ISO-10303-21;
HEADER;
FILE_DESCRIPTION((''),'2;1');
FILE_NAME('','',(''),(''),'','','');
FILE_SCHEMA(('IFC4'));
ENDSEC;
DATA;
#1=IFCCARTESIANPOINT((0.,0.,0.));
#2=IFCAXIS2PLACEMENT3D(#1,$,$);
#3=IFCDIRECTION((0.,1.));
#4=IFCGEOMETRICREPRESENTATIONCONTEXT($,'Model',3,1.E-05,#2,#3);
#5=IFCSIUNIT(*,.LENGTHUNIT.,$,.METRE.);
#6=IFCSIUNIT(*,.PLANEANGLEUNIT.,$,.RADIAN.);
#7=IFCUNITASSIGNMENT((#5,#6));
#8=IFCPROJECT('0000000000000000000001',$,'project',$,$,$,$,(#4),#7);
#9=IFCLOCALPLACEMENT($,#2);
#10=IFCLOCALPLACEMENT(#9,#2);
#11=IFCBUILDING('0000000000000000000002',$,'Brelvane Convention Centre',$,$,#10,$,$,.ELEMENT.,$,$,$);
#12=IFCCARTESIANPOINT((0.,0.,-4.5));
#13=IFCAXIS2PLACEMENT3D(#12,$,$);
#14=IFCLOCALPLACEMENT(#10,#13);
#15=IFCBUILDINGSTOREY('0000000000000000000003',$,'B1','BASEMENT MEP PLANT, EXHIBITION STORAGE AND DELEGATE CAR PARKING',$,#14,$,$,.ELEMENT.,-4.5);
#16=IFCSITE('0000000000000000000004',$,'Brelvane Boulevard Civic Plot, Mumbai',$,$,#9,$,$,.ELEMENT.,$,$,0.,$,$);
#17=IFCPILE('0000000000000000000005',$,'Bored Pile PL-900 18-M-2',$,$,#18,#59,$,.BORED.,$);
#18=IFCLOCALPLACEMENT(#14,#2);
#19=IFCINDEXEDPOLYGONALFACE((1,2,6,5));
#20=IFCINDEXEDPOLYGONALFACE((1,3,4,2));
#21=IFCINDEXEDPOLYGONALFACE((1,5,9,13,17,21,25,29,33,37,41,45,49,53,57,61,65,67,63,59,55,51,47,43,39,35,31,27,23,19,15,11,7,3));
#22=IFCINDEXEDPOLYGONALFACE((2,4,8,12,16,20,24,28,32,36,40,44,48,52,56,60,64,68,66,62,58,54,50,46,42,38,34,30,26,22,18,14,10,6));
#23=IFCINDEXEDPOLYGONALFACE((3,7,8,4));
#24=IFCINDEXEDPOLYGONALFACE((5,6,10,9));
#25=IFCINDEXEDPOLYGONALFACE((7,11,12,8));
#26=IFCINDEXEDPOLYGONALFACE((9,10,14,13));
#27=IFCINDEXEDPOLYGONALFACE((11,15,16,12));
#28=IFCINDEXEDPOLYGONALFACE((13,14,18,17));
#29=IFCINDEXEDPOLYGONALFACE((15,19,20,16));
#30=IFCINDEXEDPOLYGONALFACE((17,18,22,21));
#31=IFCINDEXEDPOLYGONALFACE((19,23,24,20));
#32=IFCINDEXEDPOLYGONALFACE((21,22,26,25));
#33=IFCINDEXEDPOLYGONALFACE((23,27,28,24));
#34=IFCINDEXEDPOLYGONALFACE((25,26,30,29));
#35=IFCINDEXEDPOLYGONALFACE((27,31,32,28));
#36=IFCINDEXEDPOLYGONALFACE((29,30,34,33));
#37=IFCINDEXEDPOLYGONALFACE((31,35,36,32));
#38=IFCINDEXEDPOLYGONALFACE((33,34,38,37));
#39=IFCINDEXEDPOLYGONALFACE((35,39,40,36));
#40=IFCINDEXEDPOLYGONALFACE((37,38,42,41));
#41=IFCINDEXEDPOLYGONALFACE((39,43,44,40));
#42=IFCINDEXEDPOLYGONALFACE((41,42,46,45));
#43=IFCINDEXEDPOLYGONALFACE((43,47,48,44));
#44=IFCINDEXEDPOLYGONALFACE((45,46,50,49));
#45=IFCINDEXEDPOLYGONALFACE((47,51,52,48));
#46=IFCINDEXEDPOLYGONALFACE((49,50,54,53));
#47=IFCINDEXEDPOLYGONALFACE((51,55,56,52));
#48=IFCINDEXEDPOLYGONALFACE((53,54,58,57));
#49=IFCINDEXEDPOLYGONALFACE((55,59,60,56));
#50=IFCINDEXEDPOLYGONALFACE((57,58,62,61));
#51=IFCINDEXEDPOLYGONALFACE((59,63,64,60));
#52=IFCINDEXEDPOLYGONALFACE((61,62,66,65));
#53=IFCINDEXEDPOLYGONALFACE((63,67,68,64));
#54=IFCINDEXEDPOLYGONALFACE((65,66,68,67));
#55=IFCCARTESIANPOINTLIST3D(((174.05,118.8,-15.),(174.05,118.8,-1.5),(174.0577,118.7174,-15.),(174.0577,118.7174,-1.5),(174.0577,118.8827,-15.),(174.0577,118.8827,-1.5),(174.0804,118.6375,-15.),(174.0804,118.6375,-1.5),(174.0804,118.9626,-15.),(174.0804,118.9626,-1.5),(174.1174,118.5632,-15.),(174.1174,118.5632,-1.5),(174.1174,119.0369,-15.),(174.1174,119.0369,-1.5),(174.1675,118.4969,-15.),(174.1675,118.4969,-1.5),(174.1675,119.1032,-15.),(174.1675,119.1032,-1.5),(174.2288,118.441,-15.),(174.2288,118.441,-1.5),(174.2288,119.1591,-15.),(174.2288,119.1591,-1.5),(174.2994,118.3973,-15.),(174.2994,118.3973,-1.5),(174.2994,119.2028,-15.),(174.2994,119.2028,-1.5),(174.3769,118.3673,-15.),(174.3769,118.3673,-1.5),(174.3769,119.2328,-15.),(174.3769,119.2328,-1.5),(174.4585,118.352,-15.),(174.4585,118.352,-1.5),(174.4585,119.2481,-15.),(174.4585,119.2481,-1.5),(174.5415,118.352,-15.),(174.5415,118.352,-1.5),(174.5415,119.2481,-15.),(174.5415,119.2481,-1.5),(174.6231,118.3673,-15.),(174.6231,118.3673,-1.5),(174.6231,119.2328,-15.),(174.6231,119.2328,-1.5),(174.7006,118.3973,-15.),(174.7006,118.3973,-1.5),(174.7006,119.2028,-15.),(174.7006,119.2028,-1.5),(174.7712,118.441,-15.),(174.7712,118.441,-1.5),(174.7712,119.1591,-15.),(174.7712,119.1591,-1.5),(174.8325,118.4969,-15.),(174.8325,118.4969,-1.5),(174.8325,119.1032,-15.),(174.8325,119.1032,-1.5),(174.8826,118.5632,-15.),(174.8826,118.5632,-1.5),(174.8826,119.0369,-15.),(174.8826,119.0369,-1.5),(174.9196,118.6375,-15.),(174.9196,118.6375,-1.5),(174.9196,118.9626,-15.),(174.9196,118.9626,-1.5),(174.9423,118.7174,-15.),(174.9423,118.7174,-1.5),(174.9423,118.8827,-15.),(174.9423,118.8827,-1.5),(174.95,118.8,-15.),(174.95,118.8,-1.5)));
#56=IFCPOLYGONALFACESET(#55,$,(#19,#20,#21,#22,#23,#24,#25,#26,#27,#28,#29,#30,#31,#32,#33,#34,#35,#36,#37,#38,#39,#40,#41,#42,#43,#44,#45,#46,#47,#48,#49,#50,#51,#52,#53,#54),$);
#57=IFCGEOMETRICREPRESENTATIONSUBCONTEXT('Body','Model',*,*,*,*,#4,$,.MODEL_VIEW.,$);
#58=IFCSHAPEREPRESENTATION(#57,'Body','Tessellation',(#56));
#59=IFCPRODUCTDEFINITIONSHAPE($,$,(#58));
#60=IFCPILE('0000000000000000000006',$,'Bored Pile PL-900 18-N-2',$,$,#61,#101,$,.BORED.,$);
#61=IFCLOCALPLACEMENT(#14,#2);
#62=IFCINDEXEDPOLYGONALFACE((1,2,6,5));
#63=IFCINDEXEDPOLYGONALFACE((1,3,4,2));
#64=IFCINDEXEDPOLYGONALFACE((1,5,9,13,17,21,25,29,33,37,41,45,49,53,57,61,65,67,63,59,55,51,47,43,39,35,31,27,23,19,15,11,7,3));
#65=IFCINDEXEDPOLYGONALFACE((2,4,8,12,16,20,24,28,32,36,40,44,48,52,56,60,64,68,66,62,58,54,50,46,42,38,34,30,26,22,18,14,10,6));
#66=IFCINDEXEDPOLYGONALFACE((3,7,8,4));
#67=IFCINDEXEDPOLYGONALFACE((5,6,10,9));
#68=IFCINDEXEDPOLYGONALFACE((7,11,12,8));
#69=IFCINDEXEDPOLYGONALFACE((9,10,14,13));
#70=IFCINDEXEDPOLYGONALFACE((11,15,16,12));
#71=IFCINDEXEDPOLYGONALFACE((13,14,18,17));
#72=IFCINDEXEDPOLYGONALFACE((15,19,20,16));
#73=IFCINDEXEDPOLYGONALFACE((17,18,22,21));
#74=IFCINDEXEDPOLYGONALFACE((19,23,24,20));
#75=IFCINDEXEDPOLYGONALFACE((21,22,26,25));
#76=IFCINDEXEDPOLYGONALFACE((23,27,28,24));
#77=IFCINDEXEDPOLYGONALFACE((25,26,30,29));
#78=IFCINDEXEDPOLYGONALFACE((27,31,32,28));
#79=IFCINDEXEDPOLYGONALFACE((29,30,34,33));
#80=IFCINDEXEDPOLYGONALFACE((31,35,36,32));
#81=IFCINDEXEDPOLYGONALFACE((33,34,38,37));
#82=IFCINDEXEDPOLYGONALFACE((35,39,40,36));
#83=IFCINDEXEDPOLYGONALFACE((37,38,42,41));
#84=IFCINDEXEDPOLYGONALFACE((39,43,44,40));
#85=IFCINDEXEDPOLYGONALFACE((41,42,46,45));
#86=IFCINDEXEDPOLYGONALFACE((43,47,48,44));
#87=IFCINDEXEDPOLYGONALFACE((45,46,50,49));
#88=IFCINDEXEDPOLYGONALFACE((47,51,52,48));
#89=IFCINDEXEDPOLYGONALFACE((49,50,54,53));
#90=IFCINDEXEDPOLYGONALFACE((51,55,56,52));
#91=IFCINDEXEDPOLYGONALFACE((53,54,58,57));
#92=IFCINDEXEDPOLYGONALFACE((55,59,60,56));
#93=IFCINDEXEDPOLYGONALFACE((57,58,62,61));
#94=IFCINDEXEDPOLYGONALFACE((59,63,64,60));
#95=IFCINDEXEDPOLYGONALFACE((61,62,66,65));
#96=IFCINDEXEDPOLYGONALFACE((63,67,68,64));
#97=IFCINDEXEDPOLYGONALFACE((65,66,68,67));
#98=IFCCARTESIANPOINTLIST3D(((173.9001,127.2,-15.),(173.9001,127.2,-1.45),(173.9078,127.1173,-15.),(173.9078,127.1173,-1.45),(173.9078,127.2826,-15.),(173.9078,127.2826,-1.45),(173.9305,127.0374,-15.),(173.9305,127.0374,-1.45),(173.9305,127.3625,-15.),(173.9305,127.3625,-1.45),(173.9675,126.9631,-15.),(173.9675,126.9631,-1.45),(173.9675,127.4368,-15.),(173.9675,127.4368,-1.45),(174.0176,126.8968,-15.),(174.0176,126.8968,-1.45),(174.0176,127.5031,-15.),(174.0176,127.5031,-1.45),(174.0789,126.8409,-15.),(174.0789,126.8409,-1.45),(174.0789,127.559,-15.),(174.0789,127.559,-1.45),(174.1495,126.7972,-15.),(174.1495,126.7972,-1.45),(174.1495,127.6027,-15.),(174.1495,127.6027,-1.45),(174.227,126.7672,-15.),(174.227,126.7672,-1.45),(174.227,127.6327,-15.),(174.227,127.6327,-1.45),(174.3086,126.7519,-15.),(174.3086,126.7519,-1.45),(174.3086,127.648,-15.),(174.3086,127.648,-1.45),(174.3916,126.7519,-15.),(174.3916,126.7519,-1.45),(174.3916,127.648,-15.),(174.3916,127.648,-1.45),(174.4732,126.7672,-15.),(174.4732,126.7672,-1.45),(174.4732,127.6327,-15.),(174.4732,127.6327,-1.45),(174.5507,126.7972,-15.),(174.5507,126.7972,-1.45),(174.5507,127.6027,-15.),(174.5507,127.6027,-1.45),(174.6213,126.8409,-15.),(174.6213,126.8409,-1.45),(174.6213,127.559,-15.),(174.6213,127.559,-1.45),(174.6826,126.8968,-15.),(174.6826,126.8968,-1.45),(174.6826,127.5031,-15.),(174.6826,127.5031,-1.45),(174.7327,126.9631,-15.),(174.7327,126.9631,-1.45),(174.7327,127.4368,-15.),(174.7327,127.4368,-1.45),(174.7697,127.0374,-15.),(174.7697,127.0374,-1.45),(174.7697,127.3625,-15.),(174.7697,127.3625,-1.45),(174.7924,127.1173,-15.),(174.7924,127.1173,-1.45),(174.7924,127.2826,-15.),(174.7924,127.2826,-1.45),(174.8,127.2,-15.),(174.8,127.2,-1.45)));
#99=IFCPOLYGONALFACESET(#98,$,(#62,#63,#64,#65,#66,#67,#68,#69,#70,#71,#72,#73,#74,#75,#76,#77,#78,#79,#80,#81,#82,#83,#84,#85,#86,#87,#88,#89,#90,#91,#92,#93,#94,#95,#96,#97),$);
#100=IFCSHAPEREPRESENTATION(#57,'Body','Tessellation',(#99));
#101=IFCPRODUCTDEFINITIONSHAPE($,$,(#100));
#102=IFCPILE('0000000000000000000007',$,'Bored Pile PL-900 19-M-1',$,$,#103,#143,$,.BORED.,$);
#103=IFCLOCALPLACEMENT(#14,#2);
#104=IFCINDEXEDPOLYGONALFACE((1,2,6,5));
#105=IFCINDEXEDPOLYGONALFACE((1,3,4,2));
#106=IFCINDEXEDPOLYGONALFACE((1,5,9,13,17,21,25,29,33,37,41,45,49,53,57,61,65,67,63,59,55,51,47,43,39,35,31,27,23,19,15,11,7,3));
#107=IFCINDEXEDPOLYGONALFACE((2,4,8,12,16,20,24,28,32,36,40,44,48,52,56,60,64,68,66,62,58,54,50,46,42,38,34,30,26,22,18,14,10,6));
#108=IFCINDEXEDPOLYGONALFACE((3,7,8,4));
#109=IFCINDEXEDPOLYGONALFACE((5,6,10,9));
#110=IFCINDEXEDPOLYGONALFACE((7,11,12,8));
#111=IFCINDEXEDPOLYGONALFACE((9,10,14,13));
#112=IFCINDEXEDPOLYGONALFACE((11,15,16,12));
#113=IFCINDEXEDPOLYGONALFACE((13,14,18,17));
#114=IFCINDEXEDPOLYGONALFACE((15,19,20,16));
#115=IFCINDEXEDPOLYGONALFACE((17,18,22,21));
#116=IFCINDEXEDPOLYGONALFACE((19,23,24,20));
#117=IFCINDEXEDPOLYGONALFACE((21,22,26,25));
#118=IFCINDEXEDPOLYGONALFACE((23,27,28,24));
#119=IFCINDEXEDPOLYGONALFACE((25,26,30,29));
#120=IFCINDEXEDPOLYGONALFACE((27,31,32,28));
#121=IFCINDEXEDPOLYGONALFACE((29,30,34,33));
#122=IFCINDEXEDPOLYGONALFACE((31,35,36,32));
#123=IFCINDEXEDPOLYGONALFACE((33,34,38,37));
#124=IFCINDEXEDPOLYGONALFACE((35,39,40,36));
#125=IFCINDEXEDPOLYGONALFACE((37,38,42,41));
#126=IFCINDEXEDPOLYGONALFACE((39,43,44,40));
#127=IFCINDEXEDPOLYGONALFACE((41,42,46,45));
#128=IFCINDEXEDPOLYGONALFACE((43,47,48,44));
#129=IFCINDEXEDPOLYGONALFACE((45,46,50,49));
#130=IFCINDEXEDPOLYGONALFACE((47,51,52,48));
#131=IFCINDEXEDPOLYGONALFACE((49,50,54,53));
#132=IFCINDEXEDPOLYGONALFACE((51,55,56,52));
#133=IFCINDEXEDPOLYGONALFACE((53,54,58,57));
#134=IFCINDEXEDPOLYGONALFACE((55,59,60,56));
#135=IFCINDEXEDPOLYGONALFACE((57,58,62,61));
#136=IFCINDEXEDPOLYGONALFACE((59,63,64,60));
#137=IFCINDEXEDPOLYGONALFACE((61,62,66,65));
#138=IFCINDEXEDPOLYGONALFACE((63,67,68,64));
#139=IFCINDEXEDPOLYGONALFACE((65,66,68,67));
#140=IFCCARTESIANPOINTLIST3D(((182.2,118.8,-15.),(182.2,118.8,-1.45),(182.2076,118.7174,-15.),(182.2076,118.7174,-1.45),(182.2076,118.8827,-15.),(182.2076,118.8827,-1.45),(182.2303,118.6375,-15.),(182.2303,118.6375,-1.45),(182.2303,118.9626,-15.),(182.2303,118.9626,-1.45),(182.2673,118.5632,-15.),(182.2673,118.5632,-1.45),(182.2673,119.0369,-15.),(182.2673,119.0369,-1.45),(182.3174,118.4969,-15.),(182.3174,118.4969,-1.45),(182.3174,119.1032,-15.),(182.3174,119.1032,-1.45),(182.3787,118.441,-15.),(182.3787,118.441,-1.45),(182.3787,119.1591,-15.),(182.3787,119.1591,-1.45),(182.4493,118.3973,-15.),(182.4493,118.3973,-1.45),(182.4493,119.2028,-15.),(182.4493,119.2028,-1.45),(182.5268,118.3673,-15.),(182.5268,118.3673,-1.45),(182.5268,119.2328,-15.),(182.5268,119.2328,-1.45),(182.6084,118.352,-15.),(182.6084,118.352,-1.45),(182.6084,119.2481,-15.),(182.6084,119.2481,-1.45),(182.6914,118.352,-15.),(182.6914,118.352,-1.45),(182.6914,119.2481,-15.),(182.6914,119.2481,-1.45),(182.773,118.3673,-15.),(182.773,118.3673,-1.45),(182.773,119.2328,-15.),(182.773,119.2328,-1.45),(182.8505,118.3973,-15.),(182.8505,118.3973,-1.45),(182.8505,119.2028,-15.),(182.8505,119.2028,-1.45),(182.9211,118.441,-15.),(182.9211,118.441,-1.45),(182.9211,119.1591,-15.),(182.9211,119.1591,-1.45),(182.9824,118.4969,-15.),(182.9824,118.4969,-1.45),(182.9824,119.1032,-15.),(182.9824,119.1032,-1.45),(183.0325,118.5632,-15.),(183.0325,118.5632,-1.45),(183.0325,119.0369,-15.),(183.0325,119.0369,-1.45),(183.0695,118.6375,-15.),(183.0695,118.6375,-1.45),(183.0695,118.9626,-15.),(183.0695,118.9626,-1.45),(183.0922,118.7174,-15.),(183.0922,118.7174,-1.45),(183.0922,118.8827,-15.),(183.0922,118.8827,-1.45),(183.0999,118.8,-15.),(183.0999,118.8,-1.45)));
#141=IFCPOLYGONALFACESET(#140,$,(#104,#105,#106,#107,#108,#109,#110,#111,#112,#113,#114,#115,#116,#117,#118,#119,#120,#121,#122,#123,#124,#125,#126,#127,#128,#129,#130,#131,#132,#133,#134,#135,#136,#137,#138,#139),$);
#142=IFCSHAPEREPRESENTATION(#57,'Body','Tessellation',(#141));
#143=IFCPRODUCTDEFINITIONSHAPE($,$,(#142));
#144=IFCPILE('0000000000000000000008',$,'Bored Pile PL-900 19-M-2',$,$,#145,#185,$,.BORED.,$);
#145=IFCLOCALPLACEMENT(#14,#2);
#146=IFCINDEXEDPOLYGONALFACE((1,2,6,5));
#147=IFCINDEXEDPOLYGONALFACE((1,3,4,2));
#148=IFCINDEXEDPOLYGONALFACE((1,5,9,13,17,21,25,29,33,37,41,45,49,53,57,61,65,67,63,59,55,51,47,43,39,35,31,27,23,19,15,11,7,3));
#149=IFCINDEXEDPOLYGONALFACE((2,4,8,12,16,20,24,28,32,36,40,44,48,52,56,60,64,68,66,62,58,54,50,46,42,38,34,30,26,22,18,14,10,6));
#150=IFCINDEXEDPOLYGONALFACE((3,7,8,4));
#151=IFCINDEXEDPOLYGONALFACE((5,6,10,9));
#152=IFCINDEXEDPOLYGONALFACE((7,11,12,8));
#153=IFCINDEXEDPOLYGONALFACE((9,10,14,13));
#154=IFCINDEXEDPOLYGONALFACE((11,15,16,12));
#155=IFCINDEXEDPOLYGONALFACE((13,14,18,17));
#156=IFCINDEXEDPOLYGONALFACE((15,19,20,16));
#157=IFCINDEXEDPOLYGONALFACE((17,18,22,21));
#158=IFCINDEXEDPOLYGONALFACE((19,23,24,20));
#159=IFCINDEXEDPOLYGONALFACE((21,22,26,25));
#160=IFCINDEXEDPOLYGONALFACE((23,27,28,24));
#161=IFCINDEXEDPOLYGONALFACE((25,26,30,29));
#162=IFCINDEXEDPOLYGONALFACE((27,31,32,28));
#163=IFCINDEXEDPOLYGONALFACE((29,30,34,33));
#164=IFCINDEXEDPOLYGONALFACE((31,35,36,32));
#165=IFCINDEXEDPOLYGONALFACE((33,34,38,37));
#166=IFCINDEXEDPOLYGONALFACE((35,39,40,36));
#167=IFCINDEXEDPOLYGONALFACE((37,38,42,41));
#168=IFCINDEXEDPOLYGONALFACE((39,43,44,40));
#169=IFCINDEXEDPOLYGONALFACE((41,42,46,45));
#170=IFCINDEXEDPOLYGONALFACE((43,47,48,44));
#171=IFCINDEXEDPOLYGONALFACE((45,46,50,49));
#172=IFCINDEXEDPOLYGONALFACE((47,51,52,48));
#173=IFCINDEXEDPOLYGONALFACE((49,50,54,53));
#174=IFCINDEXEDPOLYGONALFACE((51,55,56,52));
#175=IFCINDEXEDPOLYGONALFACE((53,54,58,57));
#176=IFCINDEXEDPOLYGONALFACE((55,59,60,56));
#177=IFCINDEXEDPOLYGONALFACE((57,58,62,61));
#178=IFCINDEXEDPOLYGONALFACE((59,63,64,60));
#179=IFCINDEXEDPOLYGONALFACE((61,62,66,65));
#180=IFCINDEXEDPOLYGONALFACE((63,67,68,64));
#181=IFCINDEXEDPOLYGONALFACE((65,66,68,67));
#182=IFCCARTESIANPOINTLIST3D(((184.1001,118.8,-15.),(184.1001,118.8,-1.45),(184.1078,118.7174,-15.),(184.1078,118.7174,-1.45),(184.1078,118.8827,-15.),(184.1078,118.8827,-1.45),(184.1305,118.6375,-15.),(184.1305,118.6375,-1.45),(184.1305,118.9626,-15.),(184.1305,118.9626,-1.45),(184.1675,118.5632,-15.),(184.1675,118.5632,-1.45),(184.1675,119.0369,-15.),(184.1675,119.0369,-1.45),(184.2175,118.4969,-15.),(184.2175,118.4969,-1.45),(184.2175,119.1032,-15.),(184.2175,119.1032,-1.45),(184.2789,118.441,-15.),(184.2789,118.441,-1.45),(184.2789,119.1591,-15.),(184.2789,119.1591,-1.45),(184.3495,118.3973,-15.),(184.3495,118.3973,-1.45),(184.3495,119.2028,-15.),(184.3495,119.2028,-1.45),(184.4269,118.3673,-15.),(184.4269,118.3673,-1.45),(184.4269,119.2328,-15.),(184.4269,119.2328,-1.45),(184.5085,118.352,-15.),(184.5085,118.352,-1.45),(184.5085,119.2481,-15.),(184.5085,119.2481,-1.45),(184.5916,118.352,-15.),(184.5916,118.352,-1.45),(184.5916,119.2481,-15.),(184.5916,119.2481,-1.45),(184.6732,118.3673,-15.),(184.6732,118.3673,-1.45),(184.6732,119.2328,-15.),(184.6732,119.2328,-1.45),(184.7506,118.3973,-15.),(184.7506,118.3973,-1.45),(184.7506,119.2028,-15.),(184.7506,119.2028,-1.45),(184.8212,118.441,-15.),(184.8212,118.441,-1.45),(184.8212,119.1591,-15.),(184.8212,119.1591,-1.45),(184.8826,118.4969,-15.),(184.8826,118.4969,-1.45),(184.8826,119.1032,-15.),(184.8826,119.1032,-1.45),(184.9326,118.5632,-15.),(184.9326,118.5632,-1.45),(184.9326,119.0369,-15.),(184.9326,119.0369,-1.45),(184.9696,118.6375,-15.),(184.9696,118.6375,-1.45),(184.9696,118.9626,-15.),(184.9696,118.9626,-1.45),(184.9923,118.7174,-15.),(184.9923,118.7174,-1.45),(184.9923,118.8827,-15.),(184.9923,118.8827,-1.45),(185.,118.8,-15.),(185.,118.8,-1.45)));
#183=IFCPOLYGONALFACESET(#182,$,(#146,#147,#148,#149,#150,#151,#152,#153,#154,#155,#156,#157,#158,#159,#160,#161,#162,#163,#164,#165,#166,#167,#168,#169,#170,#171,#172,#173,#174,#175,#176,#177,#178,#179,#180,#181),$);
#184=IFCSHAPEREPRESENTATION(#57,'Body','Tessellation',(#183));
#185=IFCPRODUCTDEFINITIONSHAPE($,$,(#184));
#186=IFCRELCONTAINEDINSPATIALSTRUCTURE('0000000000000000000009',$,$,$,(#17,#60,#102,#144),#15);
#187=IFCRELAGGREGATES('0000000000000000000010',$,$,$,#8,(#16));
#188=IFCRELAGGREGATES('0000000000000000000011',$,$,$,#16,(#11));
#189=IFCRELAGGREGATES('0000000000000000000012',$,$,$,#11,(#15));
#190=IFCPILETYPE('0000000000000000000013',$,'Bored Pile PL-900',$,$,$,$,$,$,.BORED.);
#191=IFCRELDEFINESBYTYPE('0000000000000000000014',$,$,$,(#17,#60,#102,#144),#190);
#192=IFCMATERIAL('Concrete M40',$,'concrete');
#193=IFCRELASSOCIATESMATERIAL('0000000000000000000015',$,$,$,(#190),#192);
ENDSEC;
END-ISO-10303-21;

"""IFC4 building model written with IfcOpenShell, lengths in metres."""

from ifc_helpers import new_model, si_unit, direction, frame, origin, origin_2d, place, context, subcontext, project, spatial, circle, extrude, material, material_profile, profile_set, type_object, element, save


model = new_model("IFC4")

# Units and contexts
model_context = context("Model", 3, precision=1e-05, world=origin(), true_north=direction((0.0, 1.0)))
body_context = subcontext(model_context, "Body", "Model", "MODEL_VIEW")
ifc_project = project(units=[si_unit("LENGTHUNIT", "METRE"), si_unit("PLANEANGLEUNIT", "RADIAN")], contexts=[model_context])

# Site, building, storey
site_placement = place(None, origin())
site = spatial("IfcSite", under=ifc_project, at=site_placement, Name="Brelvane Boulevard Civic Plot, Mumbai", CompositionType="ELEMENT", RefElevation=0.0)
building_placement = place(site_placement, origin())
building = spatial("IfcBuilding", under=site, at=building_placement, Name="Brelvane Convention Centre", CompositionType="ELEMENT")
storey_placement = place(building_placement, frame((0.0, 0.0, -4.5)))
storey = spatial("IfcBuildingStorey", under=building, at=storey_placement, Name="B1", Description="BASEMENT MEP PLANT, EXHIBITION STORAGE AND DELEGATE CAR PARKING", CompositionType="ELEMENT", Elevation=-4.5)

# Piles
ifc_material_1 = material(Name="Concrete M40", Category="concrete")
ifc_material_profile_1 = material_profile(ifc_material_1, circle(Radius=0.45, at=origin_2d()), Name="PILE D900")
ifc_profile_set_1 = profile_set([ifc_material_profile_1], Name="Concrete M40")
pile_type = type_object("IfcPileType", Name="Bored Pile PL-900", PredefinedType="BORED", material=ifc_profile_set_1)
pile_1_placement = place(storey_placement, frame((174.5, 118.8, -1.5), z_axis=(0.0, 0.0, -1.0), x_axis=(1.0, 0.0, 0.0)))
element("IfcPile", 1, at=pile_1_placement, inside=storey, type_object=pile_type, Name="Bored Pile PL-900 18-M-2", PredefinedType="BORED", context=body_context, shape_type="SweptSolid", body=[
    extrude(circle(Radius=0.45, at=origin_2d()), origin(), (0.0, 0.0, 1.0), 13.5),
])
for number, where, z_axis, x_axis, name in (
    (2, (174.3501, 127.2, -1.45), (0.0, 0.0, -1.0), (1.0, 0.0, 0.0), "Bored Pile PL-900 18-N-2"),
    (3, (182.6499, 118.8, -1.45), (0.0, 0.0, -1.0), (1.0, 0.0, 0.0), "Bored Pile PL-900 19-M-1"),
    (4, (184.55, 118.8, -1.45), (0.0, 0.0, -1.0), (1.0, 0.0, 0.0), "Bored Pile PL-900 19-M-2"),
):
    element("IfcPile", number, at=place(storey_placement, frame(where, z_axis=z_axis, x_axis=x_axis)), inside=storey, type_object=pile_type, Name=name, PredefinedType="BORED", context=body_context, shape_type="SweptSolid", body=[
        extrude(circle(Radius=0.45, at=origin_2d()), origin(), (0.0, 0.0, 1.0), 13.55),
    ])

save(model, "model.ifc")
